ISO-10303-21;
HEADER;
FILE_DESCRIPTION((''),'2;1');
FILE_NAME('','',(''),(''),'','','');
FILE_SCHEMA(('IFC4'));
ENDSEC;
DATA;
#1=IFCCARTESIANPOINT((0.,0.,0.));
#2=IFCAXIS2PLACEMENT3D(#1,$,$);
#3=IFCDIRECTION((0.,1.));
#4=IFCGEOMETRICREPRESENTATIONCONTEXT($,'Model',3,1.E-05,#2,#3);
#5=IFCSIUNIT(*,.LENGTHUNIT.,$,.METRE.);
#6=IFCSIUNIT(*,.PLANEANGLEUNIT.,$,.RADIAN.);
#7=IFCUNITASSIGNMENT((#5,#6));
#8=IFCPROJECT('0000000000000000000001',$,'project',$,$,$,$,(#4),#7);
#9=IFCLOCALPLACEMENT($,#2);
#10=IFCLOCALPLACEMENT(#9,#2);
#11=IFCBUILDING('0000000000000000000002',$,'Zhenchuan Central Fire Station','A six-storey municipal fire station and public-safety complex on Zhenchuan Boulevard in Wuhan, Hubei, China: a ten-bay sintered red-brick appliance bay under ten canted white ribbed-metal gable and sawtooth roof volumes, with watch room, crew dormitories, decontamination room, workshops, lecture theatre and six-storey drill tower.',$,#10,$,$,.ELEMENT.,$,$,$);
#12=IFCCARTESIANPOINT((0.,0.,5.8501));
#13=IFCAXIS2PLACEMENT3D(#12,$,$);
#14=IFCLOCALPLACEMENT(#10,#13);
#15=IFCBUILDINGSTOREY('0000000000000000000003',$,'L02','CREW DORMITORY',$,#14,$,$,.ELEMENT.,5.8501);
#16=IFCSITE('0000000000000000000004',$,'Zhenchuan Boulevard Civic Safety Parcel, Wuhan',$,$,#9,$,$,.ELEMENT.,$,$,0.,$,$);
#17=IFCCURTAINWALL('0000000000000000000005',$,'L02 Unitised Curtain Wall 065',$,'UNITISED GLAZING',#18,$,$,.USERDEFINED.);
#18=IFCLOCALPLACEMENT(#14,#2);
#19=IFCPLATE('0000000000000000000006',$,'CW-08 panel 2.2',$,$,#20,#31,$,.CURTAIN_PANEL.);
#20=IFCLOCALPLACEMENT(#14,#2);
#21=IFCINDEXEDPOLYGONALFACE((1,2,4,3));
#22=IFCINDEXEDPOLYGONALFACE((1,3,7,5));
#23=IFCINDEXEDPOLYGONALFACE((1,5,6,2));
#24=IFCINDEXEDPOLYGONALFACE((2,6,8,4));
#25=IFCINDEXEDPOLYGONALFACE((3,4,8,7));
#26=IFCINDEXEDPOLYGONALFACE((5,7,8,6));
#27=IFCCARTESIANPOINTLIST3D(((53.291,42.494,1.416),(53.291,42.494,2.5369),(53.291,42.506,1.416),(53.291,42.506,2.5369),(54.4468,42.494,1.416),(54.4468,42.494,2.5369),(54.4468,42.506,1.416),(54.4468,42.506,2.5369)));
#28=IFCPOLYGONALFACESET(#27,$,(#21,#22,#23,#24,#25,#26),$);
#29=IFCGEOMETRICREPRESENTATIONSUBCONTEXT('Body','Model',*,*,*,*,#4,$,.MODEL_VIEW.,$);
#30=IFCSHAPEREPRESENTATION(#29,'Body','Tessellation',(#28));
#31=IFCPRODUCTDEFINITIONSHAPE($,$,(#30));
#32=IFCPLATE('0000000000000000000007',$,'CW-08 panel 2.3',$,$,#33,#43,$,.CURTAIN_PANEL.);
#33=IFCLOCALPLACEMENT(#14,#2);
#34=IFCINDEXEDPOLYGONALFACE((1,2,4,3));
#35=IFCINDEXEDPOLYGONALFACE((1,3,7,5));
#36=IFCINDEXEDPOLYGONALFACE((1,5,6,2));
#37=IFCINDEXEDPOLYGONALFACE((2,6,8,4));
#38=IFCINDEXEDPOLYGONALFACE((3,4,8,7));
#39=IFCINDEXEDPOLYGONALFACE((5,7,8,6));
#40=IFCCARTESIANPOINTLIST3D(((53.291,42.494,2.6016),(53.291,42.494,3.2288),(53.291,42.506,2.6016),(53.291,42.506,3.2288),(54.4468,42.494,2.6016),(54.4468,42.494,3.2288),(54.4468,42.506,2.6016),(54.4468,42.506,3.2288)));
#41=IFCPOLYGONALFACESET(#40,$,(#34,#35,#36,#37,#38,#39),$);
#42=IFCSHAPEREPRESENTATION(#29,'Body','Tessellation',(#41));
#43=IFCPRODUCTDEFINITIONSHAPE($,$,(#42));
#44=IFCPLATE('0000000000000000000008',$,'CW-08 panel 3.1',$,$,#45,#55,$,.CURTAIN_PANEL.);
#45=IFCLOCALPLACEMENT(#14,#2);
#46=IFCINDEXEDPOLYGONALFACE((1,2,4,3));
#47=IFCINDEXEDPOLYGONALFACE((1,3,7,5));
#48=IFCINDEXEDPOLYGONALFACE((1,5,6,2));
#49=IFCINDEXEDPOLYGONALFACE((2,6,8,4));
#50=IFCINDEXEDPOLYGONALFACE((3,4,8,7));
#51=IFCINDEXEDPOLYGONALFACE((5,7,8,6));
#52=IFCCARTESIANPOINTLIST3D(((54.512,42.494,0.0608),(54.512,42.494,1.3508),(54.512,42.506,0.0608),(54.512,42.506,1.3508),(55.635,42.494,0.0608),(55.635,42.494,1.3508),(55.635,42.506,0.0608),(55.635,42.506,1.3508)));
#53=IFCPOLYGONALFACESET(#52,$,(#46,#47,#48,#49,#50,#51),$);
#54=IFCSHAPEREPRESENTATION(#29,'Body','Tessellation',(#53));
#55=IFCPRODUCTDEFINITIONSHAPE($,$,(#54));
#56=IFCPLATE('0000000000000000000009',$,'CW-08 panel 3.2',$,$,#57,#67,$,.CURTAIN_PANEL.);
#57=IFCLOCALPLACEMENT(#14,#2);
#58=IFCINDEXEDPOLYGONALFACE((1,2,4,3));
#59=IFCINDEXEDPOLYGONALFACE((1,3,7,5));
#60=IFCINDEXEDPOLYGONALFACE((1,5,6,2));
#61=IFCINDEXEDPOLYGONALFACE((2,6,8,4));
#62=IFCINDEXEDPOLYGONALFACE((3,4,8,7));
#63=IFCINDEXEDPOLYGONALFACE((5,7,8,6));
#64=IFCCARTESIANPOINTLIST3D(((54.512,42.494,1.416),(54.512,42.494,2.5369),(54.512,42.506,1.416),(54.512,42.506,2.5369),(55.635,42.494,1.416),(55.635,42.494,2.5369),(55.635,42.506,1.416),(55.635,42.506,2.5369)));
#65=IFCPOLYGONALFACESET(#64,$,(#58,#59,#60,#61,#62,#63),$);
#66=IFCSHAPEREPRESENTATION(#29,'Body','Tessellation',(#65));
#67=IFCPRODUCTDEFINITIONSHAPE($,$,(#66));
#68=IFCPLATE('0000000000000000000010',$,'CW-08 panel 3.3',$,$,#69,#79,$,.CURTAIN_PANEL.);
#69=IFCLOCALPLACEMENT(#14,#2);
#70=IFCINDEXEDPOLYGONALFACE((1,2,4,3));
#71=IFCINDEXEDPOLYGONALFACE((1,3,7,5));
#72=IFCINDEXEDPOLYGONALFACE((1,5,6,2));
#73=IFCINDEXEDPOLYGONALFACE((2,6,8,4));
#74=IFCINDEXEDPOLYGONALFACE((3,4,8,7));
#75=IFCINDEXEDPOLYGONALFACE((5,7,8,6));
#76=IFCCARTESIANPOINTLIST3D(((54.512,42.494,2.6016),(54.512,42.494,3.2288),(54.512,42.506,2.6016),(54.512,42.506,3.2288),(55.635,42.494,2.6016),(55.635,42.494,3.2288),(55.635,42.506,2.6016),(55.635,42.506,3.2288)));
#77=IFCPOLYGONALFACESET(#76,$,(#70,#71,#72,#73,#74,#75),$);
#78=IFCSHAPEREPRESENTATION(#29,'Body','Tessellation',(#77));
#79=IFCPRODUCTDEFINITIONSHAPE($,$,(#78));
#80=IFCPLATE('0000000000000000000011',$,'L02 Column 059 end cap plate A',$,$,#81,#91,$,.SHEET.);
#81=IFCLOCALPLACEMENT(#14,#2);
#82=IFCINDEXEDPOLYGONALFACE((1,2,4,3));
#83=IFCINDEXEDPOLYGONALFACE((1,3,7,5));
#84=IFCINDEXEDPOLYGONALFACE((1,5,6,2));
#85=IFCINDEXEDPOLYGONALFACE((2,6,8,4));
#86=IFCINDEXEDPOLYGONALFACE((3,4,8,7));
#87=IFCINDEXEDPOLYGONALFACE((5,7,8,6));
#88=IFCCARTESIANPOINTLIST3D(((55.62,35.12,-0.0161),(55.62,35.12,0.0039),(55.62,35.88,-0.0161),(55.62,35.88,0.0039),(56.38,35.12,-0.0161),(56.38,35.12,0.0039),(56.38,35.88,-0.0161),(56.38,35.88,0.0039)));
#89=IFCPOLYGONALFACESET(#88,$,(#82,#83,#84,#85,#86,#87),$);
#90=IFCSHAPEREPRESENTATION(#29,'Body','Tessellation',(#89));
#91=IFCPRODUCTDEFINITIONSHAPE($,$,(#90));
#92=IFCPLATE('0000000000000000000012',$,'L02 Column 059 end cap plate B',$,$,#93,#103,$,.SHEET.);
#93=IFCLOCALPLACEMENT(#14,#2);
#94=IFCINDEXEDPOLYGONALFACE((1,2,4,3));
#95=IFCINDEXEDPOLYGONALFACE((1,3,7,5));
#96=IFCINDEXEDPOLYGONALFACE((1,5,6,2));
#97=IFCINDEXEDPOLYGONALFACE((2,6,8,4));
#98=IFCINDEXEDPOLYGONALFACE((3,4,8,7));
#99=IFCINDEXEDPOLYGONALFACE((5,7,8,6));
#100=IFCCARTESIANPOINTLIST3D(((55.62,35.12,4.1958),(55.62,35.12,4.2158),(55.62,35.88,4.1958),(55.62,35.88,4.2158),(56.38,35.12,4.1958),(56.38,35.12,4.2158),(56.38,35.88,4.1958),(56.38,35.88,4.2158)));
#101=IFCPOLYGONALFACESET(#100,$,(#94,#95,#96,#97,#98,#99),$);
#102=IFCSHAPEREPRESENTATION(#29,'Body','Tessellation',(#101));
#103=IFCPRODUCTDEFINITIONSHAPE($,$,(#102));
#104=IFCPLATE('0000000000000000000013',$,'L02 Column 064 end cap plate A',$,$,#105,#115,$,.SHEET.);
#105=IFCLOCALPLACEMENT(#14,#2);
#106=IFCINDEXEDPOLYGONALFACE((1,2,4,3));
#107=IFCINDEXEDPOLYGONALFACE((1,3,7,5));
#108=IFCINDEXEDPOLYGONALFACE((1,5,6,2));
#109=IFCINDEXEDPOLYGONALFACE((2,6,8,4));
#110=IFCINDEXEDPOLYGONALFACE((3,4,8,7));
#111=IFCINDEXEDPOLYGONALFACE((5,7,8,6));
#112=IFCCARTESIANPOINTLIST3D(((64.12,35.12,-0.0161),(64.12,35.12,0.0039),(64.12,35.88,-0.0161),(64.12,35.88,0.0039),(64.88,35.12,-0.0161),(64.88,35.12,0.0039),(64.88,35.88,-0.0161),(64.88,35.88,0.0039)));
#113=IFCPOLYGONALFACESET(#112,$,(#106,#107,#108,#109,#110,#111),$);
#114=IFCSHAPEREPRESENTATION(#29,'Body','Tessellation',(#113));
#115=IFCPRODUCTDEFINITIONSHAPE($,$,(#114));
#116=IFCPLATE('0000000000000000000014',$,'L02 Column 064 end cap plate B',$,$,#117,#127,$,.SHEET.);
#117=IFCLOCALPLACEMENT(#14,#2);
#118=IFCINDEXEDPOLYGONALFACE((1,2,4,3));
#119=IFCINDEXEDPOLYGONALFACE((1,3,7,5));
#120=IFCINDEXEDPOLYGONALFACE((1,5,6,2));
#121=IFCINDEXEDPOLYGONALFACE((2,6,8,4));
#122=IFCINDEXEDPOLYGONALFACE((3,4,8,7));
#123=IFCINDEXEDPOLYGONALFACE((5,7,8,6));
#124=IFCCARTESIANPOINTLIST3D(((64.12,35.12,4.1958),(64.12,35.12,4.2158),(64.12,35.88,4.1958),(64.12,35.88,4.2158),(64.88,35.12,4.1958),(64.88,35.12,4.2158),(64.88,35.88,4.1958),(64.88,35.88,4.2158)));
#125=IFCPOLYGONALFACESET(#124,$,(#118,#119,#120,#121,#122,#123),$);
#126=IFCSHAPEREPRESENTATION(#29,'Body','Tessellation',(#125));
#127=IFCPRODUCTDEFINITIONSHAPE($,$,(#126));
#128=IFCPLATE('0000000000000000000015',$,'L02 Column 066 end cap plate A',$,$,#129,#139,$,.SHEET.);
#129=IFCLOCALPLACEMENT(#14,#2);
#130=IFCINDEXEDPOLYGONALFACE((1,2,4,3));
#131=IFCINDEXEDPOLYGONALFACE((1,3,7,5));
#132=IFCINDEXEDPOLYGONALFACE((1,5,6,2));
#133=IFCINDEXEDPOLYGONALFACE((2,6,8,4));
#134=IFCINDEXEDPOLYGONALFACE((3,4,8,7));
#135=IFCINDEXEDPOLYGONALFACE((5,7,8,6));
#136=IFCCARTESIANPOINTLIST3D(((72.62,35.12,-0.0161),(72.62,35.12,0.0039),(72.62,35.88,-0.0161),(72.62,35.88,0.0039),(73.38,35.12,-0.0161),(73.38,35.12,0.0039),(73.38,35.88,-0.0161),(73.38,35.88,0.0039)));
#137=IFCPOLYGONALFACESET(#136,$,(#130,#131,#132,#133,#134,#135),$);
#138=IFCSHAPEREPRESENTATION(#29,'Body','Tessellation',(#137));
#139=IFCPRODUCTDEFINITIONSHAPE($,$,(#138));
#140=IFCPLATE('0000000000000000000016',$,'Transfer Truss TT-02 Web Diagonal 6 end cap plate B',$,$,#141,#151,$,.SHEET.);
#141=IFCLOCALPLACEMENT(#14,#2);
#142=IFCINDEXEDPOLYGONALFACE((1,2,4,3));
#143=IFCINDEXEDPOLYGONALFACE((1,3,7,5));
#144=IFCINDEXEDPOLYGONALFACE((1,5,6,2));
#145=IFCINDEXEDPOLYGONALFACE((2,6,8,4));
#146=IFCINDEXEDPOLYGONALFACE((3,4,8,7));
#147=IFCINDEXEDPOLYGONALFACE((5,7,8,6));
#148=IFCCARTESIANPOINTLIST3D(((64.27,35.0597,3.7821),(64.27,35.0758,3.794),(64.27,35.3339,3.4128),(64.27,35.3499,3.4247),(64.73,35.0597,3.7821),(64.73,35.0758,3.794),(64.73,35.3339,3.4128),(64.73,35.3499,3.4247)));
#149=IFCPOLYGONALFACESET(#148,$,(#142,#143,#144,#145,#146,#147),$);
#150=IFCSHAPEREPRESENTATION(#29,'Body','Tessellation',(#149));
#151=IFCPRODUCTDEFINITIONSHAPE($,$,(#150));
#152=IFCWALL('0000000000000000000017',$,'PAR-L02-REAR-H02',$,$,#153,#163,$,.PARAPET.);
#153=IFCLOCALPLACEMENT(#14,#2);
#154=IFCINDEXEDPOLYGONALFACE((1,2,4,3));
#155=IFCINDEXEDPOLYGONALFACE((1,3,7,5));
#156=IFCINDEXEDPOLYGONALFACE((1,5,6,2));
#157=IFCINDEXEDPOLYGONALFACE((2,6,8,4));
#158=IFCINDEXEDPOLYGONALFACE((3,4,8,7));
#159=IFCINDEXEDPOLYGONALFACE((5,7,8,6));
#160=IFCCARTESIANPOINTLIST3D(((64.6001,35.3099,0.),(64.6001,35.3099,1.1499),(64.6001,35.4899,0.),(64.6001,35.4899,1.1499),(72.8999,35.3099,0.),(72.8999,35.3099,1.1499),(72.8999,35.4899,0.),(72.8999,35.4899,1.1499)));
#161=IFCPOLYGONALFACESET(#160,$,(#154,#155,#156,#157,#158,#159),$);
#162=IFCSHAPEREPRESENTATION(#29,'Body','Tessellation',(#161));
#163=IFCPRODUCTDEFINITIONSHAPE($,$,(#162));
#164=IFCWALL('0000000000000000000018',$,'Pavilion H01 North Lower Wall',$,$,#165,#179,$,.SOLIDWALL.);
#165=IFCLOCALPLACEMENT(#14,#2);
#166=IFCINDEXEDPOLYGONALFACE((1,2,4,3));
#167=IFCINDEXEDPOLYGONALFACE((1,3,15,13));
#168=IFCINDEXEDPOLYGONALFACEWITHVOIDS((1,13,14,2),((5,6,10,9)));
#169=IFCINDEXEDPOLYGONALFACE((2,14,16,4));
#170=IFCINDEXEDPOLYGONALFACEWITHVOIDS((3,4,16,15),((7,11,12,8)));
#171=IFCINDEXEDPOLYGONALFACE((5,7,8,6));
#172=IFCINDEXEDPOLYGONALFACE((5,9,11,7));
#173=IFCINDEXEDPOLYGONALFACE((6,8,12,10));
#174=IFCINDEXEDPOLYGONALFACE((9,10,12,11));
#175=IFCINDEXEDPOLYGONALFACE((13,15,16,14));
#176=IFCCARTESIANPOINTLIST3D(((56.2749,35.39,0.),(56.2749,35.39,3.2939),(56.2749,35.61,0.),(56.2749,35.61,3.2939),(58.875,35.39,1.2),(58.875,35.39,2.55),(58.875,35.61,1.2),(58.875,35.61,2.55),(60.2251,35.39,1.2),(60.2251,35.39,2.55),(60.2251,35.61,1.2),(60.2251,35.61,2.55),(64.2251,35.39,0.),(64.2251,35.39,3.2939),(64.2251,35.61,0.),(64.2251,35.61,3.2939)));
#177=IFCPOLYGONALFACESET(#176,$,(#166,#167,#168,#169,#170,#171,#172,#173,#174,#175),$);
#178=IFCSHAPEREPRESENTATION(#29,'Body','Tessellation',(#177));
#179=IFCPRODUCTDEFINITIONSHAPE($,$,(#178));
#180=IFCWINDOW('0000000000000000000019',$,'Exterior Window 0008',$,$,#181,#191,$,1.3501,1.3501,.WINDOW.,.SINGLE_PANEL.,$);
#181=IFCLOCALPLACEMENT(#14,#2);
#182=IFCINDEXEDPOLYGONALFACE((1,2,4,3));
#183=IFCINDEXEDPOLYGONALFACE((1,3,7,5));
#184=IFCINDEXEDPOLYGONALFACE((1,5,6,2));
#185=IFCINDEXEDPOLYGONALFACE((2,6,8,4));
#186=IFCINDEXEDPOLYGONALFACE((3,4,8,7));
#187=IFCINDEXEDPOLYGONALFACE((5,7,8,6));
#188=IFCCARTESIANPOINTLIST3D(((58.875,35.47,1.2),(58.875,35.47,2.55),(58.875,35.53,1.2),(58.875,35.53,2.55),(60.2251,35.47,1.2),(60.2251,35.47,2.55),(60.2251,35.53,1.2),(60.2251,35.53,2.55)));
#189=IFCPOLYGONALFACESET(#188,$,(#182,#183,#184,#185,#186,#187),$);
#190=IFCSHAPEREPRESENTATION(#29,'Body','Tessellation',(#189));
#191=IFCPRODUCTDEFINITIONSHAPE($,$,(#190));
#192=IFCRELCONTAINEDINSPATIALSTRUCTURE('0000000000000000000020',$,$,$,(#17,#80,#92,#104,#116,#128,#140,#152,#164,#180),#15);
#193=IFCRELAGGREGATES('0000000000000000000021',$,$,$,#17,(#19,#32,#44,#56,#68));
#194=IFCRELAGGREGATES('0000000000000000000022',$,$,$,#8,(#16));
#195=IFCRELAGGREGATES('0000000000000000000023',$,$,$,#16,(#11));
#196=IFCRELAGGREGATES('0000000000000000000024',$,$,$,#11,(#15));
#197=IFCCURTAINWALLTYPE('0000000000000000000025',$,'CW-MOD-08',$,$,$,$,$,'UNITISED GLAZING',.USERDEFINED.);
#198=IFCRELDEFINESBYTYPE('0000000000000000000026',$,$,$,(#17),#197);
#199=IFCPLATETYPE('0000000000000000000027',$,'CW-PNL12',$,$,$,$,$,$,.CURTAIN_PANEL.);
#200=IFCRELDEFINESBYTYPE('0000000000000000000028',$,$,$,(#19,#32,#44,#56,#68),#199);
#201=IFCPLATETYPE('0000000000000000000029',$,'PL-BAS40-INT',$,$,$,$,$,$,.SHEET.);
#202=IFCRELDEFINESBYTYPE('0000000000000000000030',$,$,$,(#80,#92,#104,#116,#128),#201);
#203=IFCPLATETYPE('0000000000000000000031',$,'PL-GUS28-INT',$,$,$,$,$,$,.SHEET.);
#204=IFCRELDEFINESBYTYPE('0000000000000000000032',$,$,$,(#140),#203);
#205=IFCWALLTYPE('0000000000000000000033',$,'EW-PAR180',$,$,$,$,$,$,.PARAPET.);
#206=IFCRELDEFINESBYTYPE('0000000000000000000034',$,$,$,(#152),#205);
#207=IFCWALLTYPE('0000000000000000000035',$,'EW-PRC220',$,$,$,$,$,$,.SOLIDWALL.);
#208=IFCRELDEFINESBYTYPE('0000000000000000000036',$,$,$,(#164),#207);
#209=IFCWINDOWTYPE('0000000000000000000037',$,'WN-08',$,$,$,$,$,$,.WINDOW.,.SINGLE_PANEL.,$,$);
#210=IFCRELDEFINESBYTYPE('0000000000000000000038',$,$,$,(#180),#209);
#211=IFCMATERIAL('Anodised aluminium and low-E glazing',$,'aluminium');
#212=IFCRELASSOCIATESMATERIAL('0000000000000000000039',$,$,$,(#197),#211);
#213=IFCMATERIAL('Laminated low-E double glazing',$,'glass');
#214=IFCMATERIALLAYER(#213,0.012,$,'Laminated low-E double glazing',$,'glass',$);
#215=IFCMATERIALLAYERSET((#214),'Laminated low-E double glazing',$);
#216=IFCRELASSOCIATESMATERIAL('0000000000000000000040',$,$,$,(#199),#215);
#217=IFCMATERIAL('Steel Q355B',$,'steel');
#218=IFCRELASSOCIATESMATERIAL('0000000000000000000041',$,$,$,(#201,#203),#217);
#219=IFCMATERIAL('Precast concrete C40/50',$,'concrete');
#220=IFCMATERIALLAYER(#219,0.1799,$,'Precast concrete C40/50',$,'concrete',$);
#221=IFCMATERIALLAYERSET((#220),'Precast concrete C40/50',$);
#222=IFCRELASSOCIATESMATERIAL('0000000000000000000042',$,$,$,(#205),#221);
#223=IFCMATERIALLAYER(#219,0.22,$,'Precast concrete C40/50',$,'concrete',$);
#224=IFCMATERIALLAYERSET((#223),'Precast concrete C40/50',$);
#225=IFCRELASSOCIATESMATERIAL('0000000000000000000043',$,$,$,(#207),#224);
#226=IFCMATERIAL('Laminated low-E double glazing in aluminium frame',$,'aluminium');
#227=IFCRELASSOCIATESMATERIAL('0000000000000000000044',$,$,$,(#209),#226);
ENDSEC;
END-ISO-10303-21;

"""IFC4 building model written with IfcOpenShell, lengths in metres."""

from ifc_helpers import new_model, si_unit, direction, frame, frame_2d, origin, origin_2d, place, context, subcontext, project, spatial, rectangle, extrude, material, layer, layer_set, material_profile, profile_set, type_object, element, fill, aggregate, save


model = new_model("IFC4")

# Units and contexts
model_context = context("Model", 3, precision=1e-05, world=origin(), true_north=direction((0.0, 1.0)))
body_context = subcontext(model_context, "Body", "Model", "MODEL_VIEW")
ifc_project = project(units=[si_unit("LENGTHUNIT", "METRE"), si_unit("PLANEANGLEUNIT", "RADIAN")], contexts=[model_context])

# Site, building, storey
site_placement = place(None, origin())
site = spatial("IfcSite", under=ifc_project, at=site_placement, Name="Zhenchuan Boulevard Civic Safety Parcel, Wuhan", CompositionType="ELEMENT", RefElevation=0.0)
building_placement = place(site_placement, origin())
building = spatial("IfcBuilding", under=site, at=building_placement, Name="Zhenchuan Central Fire Station", Description="A six-storey municipal fire station and public-safety complex on Zhenchuan Boulevard in Wuhan, Hubei, China: a ten-bay sintered red-brick appliance bay under ten canted white ribbed-metal gable and sawtooth roof volumes, with watch room, crew dormitories, decontamination room, workshops, lecture theatre and six-storey drill tower.", CompositionType="ELEMENT")
storey_placement = place(building_placement, frame((0.0, 0.0, 5.8501)))
storey = spatial("IfcBuildingStorey", under=building, at=storey_placement, Name="L02", Description="CREW DORMITORY", CompositionType="ELEMENT", Elevation=5.8501)

# Shared definitions
ifc_material_1 = material(Name="Steel Q355B", Category="steel")

# Curtain wall
ifc_material_2 = material(Name="Anodised aluminium and low-E glazing", Category="aluminium")
curtain_wall_type = type_object("IfcCurtainWallType", Name="CW-MOD-08", ElementType="UNITISED GLAZING", PredefinedType="USERDEFINED", material=ifc_material_2)
curtain_wall_placement = place(storey_placement, origin())
curtain_wall = element("IfcCurtainWall", 1, at=curtain_wall_placement, inside=storey, type_object=curtain_wall_type, Name="L02 Unitised Curtain Wall 065", ObjectType="UNITISED GLAZING", PredefinedType="USERDEFINED")

# Plates
ifc_material_3 = material(Name="Laminated low-E double glazing", Category="glass")
ifc_layer_1 = layer(ifc_material_3, 0.012, Name="Laminated low-E double glazing", Category="glass")
ifc_layer_set_1 = layer_set([ifc_layer_1], Name="Laminated low-E double glazing")
plate_type_1 = type_object("IfcPlateType", Name="CW-PNL12", PredefinedType="CURTAIN_PANEL", material=ifc_layer_set_1)
plate_1_placement = place(storey_placement, frame((53.8689, 42.5, 1.416), z_axis=(0.0, 0.0, 1.0), x_axis=(1.0, 0.0, 0.0)))
plate_1 = element("IfcPlate", 2, at=plate_1_placement, type_object=plate_type_1, Name="CW-08 panel 2.2", PredefinedType="CURTAIN_PANEL", context=body_context, shape_type="SweptSolid", body=[
    extrude(rectangle(XDim=1.1558, YDim=0.012, at=origin_2d()), origin(), (0.0, 0.0, 1.0), 1.1208),
])
plate_2_placement = place(storey_placement, frame((53.8689, 42.5, 2.6016), z_axis=(0.0, 0.0, 1.0), x_axis=(1.0, 0.0, 0.0)))
plate_2 = element("IfcPlate", 3, at=plate_2_placement, type_object=plate_type_1, Name="CW-08 panel 2.3", PredefinedType="CURTAIN_PANEL", context=body_context, shape_type="SweptSolid", body=[
    extrude(rectangle(XDim=1.1558, YDim=0.012, at=origin_2d()), origin(), (0.0, 0.0, 1.0), 0.6272),
])
plate_3_placement = place(storey_placement, frame((55.0735, 42.5, 0.0608), z_axis=(0.0, 0.0, 1.0), x_axis=(1.0, 0.0, 0.0)))
plate_3 = element("IfcPlate", 4, at=plate_3_placement, type_object=plate_type_1, Name="CW-08 panel 3.1", PredefinedType="CURTAIN_PANEL", context=body_context, shape_type="SweptSolid", body=[
    extrude(rectangle(XDim=1.123, YDim=0.012, at=origin_2d()), origin(), (0.0, 0.0, 1.0), 1.29),
])
plate_4_placement = place(storey_placement, frame((55.0735, 42.5, 1.416), z_axis=(0.0, 0.0, 1.0), x_axis=(1.0, 0.0, 0.0)))
plate_4 = element("IfcPlate", 5, at=plate_4_placement, type_object=plate_type_1, Name="CW-08 panel 3.2", PredefinedType="CURTAIN_PANEL", context=body_context, shape_type="SweptSolid", body=[
    extrude(rectangle(XDim=1.123, YDim=0.012, at=origin_2d()), origin(), (0.0, 0.0, 1.0), 1.1208),
])
plate_5_placement = place(storey_placement, frame((55.0735, 42.5, 2.6016), z_axis=(0.0, 0.0, 1.0), x_axis=(1.0, 0.0, 0.0)))
plate_5 = element("IfcPlate", 6, at=plate_5_placement, type_object=plate_type_1, Name="CW-08 panel 3.3", PredefinedType="CURTAIN_PANEL", context=body_context, shape_type="SweptSolid", body=[
    extrude(rectangle(XDim=1.123, YDim=0.012, at=origin_2d()), origin(), (0.0, 0.0, 1.0), 0.6272),
])
aggregate(curtain_wall, [plate_1, plate_2, plate_3, plate_4, plate_5])

# Plates
ifc_material_profile_1 = material_profile(ifc_material_1, rectangle(XDim=0.76, YDim=0.76, at=origin_2d()), Name="PL 760x760x40")
ifc_profile_set_1 = profile_set([ifc_material_profile_1], Name="Steel Q355B")
plate_type_2 = type_object("IfcPlateType", Name="PL-BAS40-INT", PredefinedType="SHEET", material=ifc_profile_set_1)
for number, where, z_axis, x_axis, name in (
    (7, (56.0, 35.5, -0.0161), (0.0, 0.0, 1.0), (1.0, 0.0, 0.0), "L02 Column 059 end cap plate A"),
    (8, (56.0, 35.5, 4.1958), (0.0, 0.0, 1.0), (1.0, 0.0, 0.0), "L02 Column 059 end cap plate B"),
    (9, (64.5, 35.5, -0.0161), (0.0, 0.0, 1.0), (1.0, 0.0, 0.0), "L02 Column 064 end cap plate A"),
    (10, (64.5, 35.5, 4.1958), (0.0, 0.0, 1.0), (1.0, 0.0, 0.0), "L02 Column 064 end cap plate B"),
    (11, (73.0, 35.5, -0.0161), (0.0, 0.0, 1.0), (1.0, 0.0, 0.0), "L02 Column 066 end cap plate A"),
):
    element("IfcPlate", number, at=place(storey_placement, frame(where, z_axis=z_axis, x_axis=x_axis)), inside=storey, type_object=plate_type_2, Name=name, PredefinedType="SHEET", context=body_context, shape_type="SweptSolid", body=[
        extrude(rectangle(XDim=0.76, YDim=0.76, at=origin_2d()), origin(), (0.0, 0.0, 1.0), 0.02),
    ])
ifc_material_profile_2 = material_profile(ifc_material_1, rectangle(XDim=0.46, YDim=0.46, at=origin_2d()), Name="PL 460x460x28")
ifc_profile_set_2 = profile_set([ifc_material_profile_2], Name="Steel Q355B")
plate_type_3 = type_object("IfcPlateType", Name="PL-GUS28-INT", PredefinedType="SHEET", material=ifc_profile_set_2)
plate_6_placement = place(storey_placement, frame((64.5, 35.1968, 3.5974), z_axis=(0.0, 0.80291, 0.5961), x_axis=(-1.0, 0.0, 0.0)))
element("IfcPlate", 12, at=plate_6_placement, inside=storey, type_object=plate_type_3, Name="Transfer Truss TT-02 Web Diagonal 6 end cap plate B", PredefinedType="SHEET", context=body_context, shape_type="SweptSolid", body=[
    extrude(rectangle(XDim=0.46, YDim=0.46, at=origin_2d()), origin(), (0.0, 0.0, 1.0), 0.02),
])

# Wall
ifc_material_4 = material(Name="Precast concrete C40/50", Category="concrete")
ifc_layer_2 = layer(ifc_material_4, 0.1799, Name="Precast concrete C40/50", Category="concrete")
ifc_layer_set_2 = layer_set([ifc_layer_2], Name="Precast concrete C40/50")
wall_type_1 = type_object("IfcWallType", Name="EW-PAR180", PredefinedType="PARAPET", material=ifc_layer_set_2)
wall_1_placement = place(storey_placement, frame((64.6001, 35.3999, 0.0), z_axis=(0.0, 0.0, 1.0), x_axis=(1.0, 0.0, 0.0)))
element("IfcWall", 13, at=wall_1_placement, inside=storey, type_object=wall_type_1, Name="PAR-L02-REAR-H02", PredefinedType="PARAPET", context=body_context, shape_type="SweptSolid", body=[
    extrude(rectangle(XDim=8.2998, YDim=0.1799, at=frame_2d((4.1499, 0.0))), origin(), (0.0, 0.0, 1.0), 1.1499),
])

# Wall, opening, window
ifc_layer_3 = layer(ifc_material_4, 0.22, Name="Precast concrete C40/50", Category="concrete")
ifc_layer_set_3 = layer_set([ifc_layer_3], Name="Precast concrete C40/50")
wall_type_2 = type_object("IfcWallType", Name="EW-PRC220", PredefinedType="SOLIDWALL", material=ifc_layer_set_3)
wall_2_placement = place(storey_placement, frame((56.2749, 35.5, 0.0), z_axis=(0.0, 0.0, 1.0), x_axis=(1.0, 0.0, 0.0)))
wall_2 = element("IfcWall", 14, at=wall_2_placement, inside=storey, type_object=wall_type_2, Name="Pavilion H01 North Lower Wall", PredefinedType="SOLIDWALL", context=body_context, shape_type="SweptSolid", body=[
    extrude(rectangle(XDim=7.9502, YDim=0.22, at=frame_2d((3.9751, 0.0))), origin(), (0.0, 0.0, 1.0), 3.2939),
])
opening_1_placement = place(wall_2_placement, frame((2.6001, 0.0, 1.2)))
opening_1 = element("IfcOpeningElement", 15, at=opening_1_placement, cuts=wall_2, PredefinedType="OPENING", context=body_context, shape_type="SweptSolid", body=[
    extrude(rectangle(XDim=1.3501, YDim=1.3501, at=frame_2d((0.675, 0.675))), frame((0.0, 0.1199, 0.0), z_axis=(0.0, -1.0, 0.0), x_axis=(1.0, 0.0, 0.0)), (0.0, 0.0, 1.0), 0.24),
])
ifc_material_5 = material(Name="Laminated low-E double glazing in aluminium frame", Category="aluminium")
window_type_1 = type_object("IfcWindowType", Name="WN-08", PartitioningType="SINGLE_PANEL", PredefinedType="WINDOW", material=ifc_material_5)
window_1_placement = place(opening_1_placement, origin())
window_1 = element("IfcWindow", 16, at=window_1_placement, inside=storey, type_object=window_type_1, Name="Exterior Window 0008", OverallHeight=1.3501, OverallWidth=1.3501, PartitioningType="SINGLE_PANEL", PredefinedType="WINDOW", context=body_context, shape_type="SweptSolid", body=[
    extrude(rectangle(XDim=1.3501, YDim=1.3501, at=frame_2d((0.675, 0.675))), frame((0.0, 0.03, 0.0), z_axis=(0.0, -1.0, 0.0), x_axis=(1.0, 0.0, 0.0)), (0.0, 0.0, 1.0), 0.0601),
])
fill(opening_1, window_1)

save(model, "model.ifc")
